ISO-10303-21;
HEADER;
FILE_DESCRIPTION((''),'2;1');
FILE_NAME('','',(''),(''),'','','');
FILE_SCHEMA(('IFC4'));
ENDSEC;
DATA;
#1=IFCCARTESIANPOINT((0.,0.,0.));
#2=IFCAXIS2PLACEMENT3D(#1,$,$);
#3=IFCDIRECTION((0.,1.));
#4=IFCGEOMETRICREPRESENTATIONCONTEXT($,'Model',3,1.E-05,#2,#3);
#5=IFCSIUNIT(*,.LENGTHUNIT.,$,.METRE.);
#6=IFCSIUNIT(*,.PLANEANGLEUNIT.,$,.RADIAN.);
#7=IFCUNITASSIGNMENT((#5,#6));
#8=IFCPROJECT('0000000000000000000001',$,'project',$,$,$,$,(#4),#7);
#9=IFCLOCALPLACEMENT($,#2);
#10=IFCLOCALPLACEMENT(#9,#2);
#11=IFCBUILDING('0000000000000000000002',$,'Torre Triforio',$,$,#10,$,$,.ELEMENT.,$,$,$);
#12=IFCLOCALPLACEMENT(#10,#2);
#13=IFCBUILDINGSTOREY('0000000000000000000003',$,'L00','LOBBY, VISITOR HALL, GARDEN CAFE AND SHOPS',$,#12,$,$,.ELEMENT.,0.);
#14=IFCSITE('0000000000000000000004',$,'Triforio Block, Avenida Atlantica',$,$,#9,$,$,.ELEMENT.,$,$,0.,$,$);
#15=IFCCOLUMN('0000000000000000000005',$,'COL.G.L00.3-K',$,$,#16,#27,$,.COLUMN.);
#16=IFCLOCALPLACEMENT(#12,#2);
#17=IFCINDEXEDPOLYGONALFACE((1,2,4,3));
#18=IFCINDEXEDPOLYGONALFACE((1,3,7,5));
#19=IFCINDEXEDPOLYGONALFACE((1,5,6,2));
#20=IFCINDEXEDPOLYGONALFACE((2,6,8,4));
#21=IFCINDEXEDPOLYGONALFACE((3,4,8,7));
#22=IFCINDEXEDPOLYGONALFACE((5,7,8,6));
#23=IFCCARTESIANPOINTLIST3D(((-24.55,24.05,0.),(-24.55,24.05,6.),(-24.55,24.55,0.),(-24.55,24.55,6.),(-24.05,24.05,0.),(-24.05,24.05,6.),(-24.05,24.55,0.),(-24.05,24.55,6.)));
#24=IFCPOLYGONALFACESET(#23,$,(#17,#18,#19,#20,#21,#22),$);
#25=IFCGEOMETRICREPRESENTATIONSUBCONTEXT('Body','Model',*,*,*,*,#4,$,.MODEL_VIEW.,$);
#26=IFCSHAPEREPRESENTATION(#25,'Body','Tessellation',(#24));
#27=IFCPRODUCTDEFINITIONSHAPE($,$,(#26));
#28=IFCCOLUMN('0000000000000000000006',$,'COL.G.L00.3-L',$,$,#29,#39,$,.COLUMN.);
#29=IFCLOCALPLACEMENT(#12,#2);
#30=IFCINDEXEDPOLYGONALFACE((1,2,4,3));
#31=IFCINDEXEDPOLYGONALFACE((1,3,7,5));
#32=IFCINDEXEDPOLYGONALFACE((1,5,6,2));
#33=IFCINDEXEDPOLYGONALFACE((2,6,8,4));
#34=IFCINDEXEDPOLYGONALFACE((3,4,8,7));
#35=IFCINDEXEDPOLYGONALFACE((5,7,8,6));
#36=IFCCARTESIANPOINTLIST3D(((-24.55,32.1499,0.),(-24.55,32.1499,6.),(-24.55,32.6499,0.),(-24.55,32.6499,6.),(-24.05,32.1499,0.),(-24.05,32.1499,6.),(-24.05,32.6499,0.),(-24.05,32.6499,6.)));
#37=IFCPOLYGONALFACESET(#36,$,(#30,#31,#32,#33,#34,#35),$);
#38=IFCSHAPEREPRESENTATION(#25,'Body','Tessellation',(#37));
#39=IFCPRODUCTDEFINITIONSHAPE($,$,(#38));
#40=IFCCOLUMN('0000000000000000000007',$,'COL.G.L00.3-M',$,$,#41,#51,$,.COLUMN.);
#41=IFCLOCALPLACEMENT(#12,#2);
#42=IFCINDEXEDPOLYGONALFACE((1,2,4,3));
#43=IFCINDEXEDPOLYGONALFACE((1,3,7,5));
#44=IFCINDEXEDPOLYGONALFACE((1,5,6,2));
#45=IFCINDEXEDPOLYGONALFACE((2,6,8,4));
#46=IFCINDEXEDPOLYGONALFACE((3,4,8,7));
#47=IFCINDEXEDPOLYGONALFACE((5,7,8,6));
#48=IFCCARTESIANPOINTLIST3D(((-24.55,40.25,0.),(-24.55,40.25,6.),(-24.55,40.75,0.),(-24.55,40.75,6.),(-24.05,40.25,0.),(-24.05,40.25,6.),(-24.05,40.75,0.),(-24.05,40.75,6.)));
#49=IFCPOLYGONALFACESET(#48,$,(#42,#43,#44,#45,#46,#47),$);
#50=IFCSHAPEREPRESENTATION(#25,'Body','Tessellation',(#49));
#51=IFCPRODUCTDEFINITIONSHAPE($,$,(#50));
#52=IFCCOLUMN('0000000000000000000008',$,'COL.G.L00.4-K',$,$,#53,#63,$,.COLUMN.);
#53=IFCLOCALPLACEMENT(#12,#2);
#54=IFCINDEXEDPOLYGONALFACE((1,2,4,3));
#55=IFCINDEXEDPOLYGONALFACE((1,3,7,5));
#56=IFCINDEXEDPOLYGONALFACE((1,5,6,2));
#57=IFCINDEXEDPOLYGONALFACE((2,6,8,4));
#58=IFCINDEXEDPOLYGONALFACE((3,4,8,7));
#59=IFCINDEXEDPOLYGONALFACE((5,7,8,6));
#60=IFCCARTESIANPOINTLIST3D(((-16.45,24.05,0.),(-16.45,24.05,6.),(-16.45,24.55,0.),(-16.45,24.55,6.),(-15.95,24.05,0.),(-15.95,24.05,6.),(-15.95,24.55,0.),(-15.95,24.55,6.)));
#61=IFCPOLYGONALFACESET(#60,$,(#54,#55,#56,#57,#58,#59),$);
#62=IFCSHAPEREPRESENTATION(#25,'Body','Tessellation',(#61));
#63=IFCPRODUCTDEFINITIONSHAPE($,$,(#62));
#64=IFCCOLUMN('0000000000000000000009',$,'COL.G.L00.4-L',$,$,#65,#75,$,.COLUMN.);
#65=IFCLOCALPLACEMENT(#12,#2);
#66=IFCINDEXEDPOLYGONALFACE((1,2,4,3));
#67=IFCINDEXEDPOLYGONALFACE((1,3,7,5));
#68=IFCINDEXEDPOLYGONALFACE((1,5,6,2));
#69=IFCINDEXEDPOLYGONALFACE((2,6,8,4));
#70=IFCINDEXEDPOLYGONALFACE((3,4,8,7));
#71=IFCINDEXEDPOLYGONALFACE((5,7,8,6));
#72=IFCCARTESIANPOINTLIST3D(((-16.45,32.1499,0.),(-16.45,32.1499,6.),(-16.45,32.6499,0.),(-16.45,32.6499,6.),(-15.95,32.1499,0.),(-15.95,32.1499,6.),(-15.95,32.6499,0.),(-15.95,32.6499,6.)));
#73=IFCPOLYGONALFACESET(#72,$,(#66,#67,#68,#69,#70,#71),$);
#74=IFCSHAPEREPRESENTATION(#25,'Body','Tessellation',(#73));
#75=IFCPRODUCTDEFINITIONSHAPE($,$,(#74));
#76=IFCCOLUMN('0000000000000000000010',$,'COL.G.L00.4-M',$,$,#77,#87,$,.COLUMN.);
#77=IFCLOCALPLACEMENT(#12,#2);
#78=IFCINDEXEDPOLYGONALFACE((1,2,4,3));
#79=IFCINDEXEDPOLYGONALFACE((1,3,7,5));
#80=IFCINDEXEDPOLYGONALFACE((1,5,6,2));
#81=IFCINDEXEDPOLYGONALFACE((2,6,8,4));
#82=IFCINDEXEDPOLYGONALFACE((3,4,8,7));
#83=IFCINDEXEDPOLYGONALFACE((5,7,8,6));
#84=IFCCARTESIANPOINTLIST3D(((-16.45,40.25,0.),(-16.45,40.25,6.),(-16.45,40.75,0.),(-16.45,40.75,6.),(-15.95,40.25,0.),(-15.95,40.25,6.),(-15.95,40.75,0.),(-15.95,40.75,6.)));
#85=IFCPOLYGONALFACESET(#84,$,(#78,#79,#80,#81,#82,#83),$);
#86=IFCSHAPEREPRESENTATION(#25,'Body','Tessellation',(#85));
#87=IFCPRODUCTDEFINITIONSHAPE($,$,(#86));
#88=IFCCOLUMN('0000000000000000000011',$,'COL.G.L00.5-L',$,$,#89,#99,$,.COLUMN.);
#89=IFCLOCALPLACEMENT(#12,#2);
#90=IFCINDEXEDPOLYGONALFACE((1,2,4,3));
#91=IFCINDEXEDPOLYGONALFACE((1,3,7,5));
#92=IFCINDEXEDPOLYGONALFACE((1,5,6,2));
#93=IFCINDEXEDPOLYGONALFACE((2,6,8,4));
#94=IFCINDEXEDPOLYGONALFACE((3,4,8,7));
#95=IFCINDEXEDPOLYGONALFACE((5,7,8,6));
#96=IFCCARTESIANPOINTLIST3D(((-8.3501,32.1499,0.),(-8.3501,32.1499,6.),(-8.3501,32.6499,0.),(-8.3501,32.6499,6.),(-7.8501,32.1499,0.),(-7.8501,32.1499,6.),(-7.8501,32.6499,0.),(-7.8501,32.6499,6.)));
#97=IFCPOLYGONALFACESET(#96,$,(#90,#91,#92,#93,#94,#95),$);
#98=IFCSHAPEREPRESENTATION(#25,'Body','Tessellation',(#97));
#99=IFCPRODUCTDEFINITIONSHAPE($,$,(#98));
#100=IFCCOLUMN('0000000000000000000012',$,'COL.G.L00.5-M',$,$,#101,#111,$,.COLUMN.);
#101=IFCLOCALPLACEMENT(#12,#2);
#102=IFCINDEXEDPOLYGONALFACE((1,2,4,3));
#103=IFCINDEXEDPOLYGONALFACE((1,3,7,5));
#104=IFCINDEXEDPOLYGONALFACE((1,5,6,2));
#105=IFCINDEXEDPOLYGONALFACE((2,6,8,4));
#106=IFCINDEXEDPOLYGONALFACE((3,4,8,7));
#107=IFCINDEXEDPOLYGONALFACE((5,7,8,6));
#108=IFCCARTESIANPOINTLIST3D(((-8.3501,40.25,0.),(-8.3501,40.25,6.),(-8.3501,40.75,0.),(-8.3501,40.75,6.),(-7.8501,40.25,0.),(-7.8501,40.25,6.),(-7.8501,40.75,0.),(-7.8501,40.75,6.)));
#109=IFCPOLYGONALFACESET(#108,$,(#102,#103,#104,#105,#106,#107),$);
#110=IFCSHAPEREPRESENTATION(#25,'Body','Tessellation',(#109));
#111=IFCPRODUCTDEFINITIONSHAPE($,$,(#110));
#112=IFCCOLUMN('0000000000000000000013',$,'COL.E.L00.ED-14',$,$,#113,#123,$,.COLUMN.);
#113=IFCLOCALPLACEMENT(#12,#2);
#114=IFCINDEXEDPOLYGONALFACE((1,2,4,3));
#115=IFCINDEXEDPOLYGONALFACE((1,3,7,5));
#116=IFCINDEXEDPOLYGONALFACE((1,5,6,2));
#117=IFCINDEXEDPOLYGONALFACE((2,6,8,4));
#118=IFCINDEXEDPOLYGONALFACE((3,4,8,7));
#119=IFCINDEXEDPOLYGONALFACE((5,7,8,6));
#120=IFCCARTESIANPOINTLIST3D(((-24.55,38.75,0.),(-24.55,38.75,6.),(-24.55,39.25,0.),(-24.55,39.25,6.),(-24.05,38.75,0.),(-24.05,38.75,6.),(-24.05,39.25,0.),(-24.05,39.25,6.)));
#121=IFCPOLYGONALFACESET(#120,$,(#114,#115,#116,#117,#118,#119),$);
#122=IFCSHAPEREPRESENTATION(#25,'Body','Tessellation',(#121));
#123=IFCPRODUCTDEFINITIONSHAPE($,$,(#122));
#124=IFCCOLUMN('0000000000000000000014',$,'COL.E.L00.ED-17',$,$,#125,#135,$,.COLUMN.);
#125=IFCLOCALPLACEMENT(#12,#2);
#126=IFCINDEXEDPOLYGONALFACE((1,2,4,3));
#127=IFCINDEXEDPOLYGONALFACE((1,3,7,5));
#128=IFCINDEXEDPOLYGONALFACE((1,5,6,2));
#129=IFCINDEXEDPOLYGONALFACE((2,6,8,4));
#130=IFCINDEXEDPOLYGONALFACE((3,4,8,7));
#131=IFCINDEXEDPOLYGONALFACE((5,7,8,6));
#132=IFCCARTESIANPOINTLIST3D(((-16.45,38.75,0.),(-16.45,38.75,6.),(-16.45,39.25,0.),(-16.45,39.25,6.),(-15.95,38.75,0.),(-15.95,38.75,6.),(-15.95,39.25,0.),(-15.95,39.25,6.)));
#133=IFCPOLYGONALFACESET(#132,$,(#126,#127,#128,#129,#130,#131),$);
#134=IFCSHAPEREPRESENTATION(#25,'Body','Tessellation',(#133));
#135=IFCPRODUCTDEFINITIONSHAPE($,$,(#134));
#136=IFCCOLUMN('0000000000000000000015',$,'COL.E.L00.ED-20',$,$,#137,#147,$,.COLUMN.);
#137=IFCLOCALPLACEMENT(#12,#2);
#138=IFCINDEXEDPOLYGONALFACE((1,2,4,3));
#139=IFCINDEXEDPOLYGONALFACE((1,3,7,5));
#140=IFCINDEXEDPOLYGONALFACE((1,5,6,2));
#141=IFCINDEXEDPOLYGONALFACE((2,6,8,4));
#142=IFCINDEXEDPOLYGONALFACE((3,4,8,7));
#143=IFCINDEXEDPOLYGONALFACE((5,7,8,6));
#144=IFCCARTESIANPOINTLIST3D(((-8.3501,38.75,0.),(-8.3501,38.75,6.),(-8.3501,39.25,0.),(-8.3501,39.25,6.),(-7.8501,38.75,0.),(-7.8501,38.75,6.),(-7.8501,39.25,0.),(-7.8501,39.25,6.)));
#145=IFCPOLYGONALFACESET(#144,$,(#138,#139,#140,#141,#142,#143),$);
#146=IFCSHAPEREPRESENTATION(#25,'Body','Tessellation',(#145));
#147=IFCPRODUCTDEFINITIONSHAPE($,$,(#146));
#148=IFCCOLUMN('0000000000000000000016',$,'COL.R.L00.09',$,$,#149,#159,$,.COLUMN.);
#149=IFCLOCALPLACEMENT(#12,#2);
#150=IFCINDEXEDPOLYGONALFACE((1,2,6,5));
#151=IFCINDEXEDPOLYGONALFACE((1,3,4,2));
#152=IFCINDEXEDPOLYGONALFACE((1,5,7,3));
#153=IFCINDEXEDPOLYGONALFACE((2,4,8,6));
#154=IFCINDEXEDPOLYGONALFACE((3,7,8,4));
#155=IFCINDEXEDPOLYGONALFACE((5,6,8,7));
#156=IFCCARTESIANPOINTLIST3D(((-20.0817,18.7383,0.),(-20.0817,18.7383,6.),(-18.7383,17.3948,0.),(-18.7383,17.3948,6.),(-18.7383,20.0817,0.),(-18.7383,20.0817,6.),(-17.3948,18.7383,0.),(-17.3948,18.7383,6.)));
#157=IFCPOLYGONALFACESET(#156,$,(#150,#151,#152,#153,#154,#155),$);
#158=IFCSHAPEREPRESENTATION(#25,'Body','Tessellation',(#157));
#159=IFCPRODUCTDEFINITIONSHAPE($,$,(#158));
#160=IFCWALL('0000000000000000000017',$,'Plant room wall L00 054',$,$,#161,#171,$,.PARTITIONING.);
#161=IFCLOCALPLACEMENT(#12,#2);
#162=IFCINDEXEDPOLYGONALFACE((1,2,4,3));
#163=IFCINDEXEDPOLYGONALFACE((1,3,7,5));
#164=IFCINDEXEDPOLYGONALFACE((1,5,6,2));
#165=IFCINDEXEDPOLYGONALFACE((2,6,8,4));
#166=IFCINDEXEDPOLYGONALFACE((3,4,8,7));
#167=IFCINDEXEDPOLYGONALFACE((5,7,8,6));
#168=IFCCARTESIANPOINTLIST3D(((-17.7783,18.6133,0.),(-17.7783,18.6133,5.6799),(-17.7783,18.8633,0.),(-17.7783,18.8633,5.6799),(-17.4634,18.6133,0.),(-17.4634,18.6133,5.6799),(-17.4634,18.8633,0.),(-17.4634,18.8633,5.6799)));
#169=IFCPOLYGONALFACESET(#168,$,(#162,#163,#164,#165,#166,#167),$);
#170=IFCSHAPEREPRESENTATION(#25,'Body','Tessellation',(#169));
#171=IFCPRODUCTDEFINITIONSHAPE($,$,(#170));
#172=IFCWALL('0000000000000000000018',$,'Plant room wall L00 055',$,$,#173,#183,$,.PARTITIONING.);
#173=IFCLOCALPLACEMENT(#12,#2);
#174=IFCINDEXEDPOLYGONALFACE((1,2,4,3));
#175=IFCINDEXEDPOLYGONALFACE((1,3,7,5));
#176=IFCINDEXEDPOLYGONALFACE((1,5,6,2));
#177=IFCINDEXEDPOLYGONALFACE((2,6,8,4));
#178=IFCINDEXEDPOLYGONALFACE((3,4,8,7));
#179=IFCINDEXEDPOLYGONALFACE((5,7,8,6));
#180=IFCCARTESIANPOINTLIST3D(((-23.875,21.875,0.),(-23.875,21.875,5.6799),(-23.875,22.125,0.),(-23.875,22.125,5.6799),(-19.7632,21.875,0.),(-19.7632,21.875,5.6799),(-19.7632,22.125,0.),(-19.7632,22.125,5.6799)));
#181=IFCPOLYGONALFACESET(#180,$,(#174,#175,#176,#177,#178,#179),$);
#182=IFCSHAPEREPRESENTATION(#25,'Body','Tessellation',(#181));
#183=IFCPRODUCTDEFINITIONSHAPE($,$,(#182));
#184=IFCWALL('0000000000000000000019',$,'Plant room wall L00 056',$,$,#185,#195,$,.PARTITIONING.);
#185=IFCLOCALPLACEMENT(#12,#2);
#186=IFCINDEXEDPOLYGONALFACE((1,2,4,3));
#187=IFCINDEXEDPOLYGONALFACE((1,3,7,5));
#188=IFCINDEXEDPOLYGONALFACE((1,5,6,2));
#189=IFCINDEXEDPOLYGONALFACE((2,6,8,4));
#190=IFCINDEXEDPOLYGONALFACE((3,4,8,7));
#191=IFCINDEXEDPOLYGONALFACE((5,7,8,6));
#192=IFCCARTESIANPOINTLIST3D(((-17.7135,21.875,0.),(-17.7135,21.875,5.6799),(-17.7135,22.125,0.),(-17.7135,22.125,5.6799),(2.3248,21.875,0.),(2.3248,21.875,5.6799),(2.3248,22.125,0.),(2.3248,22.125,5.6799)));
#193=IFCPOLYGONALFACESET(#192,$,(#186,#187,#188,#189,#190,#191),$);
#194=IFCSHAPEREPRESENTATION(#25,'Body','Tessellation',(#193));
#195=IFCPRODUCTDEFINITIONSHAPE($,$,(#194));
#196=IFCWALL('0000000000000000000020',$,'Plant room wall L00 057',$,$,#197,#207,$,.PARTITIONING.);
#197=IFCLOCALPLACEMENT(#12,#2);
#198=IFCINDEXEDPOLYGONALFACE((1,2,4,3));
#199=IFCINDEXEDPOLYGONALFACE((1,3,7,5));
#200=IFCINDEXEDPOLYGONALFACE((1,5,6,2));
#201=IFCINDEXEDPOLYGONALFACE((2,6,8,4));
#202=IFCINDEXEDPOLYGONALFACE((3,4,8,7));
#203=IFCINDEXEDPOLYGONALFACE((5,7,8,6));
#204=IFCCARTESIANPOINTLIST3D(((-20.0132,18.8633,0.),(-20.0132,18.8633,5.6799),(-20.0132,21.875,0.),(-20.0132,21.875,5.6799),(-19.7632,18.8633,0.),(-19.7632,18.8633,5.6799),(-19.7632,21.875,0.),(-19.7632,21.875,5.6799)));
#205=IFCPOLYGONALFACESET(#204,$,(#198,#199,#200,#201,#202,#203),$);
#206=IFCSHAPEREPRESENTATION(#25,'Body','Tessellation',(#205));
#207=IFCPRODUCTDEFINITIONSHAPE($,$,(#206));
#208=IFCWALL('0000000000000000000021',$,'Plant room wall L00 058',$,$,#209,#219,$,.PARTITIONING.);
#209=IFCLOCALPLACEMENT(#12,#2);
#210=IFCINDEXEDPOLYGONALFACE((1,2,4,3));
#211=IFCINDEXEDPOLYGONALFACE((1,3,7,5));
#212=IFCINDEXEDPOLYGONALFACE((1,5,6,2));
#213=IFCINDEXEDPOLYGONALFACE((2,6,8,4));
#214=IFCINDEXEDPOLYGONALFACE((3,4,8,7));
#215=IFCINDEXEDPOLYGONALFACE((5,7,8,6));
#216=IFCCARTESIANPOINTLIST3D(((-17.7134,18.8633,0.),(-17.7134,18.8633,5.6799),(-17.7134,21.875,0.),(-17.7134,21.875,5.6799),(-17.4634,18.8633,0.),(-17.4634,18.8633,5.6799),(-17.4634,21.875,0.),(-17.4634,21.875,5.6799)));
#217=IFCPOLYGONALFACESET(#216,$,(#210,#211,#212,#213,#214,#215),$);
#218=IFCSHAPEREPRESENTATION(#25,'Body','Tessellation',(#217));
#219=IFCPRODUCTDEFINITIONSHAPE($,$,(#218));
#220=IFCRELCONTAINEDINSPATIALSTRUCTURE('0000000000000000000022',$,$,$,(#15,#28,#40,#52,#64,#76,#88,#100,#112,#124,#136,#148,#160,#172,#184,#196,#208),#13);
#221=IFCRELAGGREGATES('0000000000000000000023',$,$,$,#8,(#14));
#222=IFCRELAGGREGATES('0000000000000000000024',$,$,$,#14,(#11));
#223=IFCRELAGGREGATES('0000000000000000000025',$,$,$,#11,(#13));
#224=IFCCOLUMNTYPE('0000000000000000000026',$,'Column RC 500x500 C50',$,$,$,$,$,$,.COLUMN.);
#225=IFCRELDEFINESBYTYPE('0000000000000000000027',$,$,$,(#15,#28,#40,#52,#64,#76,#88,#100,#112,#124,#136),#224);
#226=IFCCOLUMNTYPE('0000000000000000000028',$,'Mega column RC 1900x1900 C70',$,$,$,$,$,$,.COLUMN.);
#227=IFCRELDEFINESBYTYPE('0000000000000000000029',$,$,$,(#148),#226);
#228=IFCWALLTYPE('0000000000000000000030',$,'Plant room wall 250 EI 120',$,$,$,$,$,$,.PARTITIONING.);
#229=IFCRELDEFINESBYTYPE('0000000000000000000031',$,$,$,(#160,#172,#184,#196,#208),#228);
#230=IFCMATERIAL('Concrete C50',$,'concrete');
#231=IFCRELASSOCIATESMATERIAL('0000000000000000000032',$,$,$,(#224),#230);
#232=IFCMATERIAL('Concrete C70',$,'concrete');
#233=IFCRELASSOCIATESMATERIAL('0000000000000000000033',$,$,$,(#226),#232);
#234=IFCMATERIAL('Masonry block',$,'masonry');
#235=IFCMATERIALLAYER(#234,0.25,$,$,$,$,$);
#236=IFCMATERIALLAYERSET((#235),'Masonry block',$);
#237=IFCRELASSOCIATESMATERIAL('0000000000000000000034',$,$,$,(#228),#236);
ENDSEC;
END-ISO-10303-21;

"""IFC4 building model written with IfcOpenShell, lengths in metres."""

from ifc_helpers import new_model, si_unit, direction, frame, frame_2d, origin, origin_2d, place, context, subcontext, project, spatial, rectangle, extrude, material, layer, layer_set, material_profile, profile_set, type_object, element, save


model = new_model("IFC4")

# Units and contexts
model_context = context("Model", 3, precision=1e-05, world=origin(), true_north=direction((0.0, 1.0)))
body_context = subcontext(model_context, "Body", "Model", "MODEL_VIEW")
ifc_project = project(units=[si_unit("LENGTHUNIT", "METRE"), si_unit("PLANEANGLEUNIT", "RADIAN")], contexts=[model_context])

# Site, building, storey
site_placement = place(None, origin())
site = spatial("IfcSite", under=ifc_project, at=site_placement, Name="Triforio Block, Avenida Atlantica", CompositionType="ELEMENT", RefElevation=0.0)
building_placement = place(site_placement, origin())
building = spatial("IfcBuilding", under=site, at=building_placement, Name="Torre Triforio", CompositionType="ELEMENT")
storey_placement = place(building_placement, origin())
storey = spatial("IfcBuildingStorey", under=building, at=storey_placement, Name="L00", Description="LOBBY, VISITOR HALL, GARDEN CAFE AND SHOPS", CompositionType="ELEMENT", Elevation=0.0)

# Columns
ifc_material_1 = material(Name="Concrete C50", Category="concrete")
ifc_material_profile_1 = material_profile(ifc_material_1, rectangle(XDim=0.5, YDim=0.5, at=origin_2d()), Name="RC 500x500")
ifc_profile_set_1 = profile_set([ifc_material_profile_1], Name="Concrete C50")
column_type_1 = type_object("IfcColumnType", Name="Column RC 500x500 C50", PredefinedType="COLUMN", material=ifc_profile_set_1)
for number, where, z_axis, x_axis, name in (
    (1, (-24.3, 24.3, 0.0), (0.0, 0.0, 1.0), (1.0, 0.0, 0.0), "COL.G.L00.3-K"),
    (2, (-24.3, 32.3999, 0.0), (0.0, 0.0, 1.0), (1.0, 0.0, 0.0), "COL.G.L00.3-L"),
    (3, (-24.3, 40.5, 0.0), (0.0, 0.0, 1.0), (1.0, 0.0, 0.0), "COL.G.L00.3-M"),
    (4, (-16.2, 24.3, 0.0), (0.0, 0.0, 1.0), (1.0, 0.0, 0.0), "COL.G.L00.4-K"),
    (5, (-16.2, 32.3999, 0.0), (0.0, 0.0, 1.0), (1.0, 0.0, 0.0), "COL.G.L00.4-L"),
    (6, (-16.2, 40.5, 0.0), (0.0, 0.0, 1.0), (1.0, 0.0, 0.0), "COL.G.L00.4-M"),
    (7, (-8.1001, 32.3999, 0.0), (0.0, 0.0, 1.0), (1.0, 0.0, 0.0), "COL.G.L00.5-L"),
    (8, (-8.1001, 40.5, 0.0), (0.0, 0.0, 1.0), (1.0, 0.0, 0.0), "COL.G.L00.5-M"),
    (9, (-24.3, 39.0, 0.0), (0.0, 0.0, 1.0), (1.0, 0.0, 0.0), "COL.E.L00.ED-14"),
    (10, (-16.2, 39.0, 0.0), (0.0, 0.0, 1.0), (1.0, 0.0, 0.0), "COL.E.L00.ED-17"),
    (11, (-8.1001, 39.0, 0.0), (0.0, 0.0, 1.0), (1.0, 0.0, 0.0), "COL.E.L00.ED-20"),
):
    element("IfcColumn", number, at=place(storey_placement, frame(where, z_axis=z_axis, x_axis=x_axis)), inside=storey, type_object=column_type_1, Name=name, PredefinedType="COLUMN", context=body_context, shape_type="SweptSolid", body=[
        extrude(rectangle(XDim=0.5, YDim=0.5, at=origin_2d()), origin(), (0.0, 0.0, 1.0), 6.0),
    ])
ifc_material_2 = material(Name="Concrete C70", Category="concrete")
ifc_material_profile_2 = material_profile(ifc_material_2, rectangle(XDim=1.8999, YDim=1.8999, at=origin_2d()), Name="RC 1900x1900")
ifc_profile_set_2 = profile_set([ifc_material_profile_2], Name="Concrete C70")
column_type_2 = type_object("IfcColumnType", Name="Mega column RC 1900x1900 C70", PredefinedType="COLUMN", material=ifc_profile_set_2)
column_placement = place(storey_placement, frame((-18.7383, 18.7383, 0.0), z_axis=(0.0, 0.0, 1.0), x_axis=(-0.707107, -0.707107, 0.0)))
element("IfcColumn", 12, at=column_placement, inside=storey, type_object=column_type_2, Name="COL.R.L00.09", PredefinedType="COLUMN", context=body_context, shape_type="SweptSolid", body=[
    extrude(rectangle(XDim=1.8999, YDim=1.8999, at=origin_2d()), origin(), (0.0, 0.0, 1.0), 6.0),
])

# Walls
ifc_material_3 = material(Name="Masonry block", Category="masonry")
ifc_layer_1 = layer(ifc_material_3, 0.25)
ifc_layer_set_1 = layer_set([ifc_layer_1], Name="Masonry block")
wall_type_1 = type_object("IfcWallType", Name="Plant room wall 250 EI 120", PredefinedType="PARTITIONING", material=ifc_layer_set_1)
wall_1_placement = place(storey_placement, frame((-17.7783, 18.7383, 0.0), z_axis=(0.0, 0.0, 1.0), x_axis=(1.0, 0.0, 0.0)))
element("IfcWall", 13, at=wall_1_placement, inside=storey, type_object=wall_type_1, Name="Plant room wall L00 054", PredefinedType="PARTITIONING", context=body_context, shape_type="SweptSolid", body=[
    extrude(rectangle(XDim=0.3149, YDim=0.25, at=frame_2d((0.1575, 0.0))), origin(), (0.0, 0.0, 1.0), 5.6799),
])
wall_2_placement = place(storey_placement, frame((-23.875, 22.0, 0.0), z_axis=(0.0, 0.0, 1.0), x_axis=(1.0, 0.0, 0.0)))
element("IfcWall", 14, at=wall_2_placement, inside=storey, type_object=wall_type_1, Name="Plant room wall L00 055", PredefinedType="PARTITIONING", context=body_context, shape_type="SweptSolid", body=[
    extrude(rectangle(XDim=4.1118, YDim=0.25, at=frame_2d((2.0559, 0.0))), origin(), (0.0, 0.0, 1.0), 5.6799),
])
wall_3_placement = place(storey_placement, frame((-17.7134, 22.0, 0.0), z_axis=(0.0, 0.0, 1.0), x_axis=(1.0, 0.0, 0.0)))
element("IfcWall", 15, at=wall_3_placement, inside=storey, type_object=wall_type_1, Name="Plant room wall L00 056", PredefinedType="PARTITIONING", context=body_context, shape_type="SweptSolid", body=[
    extrude(rectangle(XDim=20.0383, YDim=0.25, at=frame_2d((10.019, 0.0))), origin(), (0.0, 0.0, 1.0), 5.6799),
])
for number, where, z_axis, x_axis, name in (
    (16, (-19.8882, 18.8633, 0.0), (0.0, 0.0, 1.0), (0.0, 1.0, 0.0), "Plant room wall L00 057"),
    (17, (-17.5884, 18.8633, 0.0), (0.0, 0.0, 1.0), (0.0, 1.0, 0.0), "Plant room wall L00 058"),
):
    element("IfcWall", number, at=place(storey_placement, frame(where, z_axis=z_axis, x_axis=x_axis)), inside=storey, type_object=wall_type_1, Name=name, PredefinedType="PARTITIONING", context=body_context, shape_type="SweptSolid", body=[
        extrude(rectangle(XDim=3.0117, YDim=0.25, at=frame_2d((1.5059, 0.0))), origin(), (0.0, 0.0, 1.0), 5.6799),
    ])

save(model, "model.ifc")
